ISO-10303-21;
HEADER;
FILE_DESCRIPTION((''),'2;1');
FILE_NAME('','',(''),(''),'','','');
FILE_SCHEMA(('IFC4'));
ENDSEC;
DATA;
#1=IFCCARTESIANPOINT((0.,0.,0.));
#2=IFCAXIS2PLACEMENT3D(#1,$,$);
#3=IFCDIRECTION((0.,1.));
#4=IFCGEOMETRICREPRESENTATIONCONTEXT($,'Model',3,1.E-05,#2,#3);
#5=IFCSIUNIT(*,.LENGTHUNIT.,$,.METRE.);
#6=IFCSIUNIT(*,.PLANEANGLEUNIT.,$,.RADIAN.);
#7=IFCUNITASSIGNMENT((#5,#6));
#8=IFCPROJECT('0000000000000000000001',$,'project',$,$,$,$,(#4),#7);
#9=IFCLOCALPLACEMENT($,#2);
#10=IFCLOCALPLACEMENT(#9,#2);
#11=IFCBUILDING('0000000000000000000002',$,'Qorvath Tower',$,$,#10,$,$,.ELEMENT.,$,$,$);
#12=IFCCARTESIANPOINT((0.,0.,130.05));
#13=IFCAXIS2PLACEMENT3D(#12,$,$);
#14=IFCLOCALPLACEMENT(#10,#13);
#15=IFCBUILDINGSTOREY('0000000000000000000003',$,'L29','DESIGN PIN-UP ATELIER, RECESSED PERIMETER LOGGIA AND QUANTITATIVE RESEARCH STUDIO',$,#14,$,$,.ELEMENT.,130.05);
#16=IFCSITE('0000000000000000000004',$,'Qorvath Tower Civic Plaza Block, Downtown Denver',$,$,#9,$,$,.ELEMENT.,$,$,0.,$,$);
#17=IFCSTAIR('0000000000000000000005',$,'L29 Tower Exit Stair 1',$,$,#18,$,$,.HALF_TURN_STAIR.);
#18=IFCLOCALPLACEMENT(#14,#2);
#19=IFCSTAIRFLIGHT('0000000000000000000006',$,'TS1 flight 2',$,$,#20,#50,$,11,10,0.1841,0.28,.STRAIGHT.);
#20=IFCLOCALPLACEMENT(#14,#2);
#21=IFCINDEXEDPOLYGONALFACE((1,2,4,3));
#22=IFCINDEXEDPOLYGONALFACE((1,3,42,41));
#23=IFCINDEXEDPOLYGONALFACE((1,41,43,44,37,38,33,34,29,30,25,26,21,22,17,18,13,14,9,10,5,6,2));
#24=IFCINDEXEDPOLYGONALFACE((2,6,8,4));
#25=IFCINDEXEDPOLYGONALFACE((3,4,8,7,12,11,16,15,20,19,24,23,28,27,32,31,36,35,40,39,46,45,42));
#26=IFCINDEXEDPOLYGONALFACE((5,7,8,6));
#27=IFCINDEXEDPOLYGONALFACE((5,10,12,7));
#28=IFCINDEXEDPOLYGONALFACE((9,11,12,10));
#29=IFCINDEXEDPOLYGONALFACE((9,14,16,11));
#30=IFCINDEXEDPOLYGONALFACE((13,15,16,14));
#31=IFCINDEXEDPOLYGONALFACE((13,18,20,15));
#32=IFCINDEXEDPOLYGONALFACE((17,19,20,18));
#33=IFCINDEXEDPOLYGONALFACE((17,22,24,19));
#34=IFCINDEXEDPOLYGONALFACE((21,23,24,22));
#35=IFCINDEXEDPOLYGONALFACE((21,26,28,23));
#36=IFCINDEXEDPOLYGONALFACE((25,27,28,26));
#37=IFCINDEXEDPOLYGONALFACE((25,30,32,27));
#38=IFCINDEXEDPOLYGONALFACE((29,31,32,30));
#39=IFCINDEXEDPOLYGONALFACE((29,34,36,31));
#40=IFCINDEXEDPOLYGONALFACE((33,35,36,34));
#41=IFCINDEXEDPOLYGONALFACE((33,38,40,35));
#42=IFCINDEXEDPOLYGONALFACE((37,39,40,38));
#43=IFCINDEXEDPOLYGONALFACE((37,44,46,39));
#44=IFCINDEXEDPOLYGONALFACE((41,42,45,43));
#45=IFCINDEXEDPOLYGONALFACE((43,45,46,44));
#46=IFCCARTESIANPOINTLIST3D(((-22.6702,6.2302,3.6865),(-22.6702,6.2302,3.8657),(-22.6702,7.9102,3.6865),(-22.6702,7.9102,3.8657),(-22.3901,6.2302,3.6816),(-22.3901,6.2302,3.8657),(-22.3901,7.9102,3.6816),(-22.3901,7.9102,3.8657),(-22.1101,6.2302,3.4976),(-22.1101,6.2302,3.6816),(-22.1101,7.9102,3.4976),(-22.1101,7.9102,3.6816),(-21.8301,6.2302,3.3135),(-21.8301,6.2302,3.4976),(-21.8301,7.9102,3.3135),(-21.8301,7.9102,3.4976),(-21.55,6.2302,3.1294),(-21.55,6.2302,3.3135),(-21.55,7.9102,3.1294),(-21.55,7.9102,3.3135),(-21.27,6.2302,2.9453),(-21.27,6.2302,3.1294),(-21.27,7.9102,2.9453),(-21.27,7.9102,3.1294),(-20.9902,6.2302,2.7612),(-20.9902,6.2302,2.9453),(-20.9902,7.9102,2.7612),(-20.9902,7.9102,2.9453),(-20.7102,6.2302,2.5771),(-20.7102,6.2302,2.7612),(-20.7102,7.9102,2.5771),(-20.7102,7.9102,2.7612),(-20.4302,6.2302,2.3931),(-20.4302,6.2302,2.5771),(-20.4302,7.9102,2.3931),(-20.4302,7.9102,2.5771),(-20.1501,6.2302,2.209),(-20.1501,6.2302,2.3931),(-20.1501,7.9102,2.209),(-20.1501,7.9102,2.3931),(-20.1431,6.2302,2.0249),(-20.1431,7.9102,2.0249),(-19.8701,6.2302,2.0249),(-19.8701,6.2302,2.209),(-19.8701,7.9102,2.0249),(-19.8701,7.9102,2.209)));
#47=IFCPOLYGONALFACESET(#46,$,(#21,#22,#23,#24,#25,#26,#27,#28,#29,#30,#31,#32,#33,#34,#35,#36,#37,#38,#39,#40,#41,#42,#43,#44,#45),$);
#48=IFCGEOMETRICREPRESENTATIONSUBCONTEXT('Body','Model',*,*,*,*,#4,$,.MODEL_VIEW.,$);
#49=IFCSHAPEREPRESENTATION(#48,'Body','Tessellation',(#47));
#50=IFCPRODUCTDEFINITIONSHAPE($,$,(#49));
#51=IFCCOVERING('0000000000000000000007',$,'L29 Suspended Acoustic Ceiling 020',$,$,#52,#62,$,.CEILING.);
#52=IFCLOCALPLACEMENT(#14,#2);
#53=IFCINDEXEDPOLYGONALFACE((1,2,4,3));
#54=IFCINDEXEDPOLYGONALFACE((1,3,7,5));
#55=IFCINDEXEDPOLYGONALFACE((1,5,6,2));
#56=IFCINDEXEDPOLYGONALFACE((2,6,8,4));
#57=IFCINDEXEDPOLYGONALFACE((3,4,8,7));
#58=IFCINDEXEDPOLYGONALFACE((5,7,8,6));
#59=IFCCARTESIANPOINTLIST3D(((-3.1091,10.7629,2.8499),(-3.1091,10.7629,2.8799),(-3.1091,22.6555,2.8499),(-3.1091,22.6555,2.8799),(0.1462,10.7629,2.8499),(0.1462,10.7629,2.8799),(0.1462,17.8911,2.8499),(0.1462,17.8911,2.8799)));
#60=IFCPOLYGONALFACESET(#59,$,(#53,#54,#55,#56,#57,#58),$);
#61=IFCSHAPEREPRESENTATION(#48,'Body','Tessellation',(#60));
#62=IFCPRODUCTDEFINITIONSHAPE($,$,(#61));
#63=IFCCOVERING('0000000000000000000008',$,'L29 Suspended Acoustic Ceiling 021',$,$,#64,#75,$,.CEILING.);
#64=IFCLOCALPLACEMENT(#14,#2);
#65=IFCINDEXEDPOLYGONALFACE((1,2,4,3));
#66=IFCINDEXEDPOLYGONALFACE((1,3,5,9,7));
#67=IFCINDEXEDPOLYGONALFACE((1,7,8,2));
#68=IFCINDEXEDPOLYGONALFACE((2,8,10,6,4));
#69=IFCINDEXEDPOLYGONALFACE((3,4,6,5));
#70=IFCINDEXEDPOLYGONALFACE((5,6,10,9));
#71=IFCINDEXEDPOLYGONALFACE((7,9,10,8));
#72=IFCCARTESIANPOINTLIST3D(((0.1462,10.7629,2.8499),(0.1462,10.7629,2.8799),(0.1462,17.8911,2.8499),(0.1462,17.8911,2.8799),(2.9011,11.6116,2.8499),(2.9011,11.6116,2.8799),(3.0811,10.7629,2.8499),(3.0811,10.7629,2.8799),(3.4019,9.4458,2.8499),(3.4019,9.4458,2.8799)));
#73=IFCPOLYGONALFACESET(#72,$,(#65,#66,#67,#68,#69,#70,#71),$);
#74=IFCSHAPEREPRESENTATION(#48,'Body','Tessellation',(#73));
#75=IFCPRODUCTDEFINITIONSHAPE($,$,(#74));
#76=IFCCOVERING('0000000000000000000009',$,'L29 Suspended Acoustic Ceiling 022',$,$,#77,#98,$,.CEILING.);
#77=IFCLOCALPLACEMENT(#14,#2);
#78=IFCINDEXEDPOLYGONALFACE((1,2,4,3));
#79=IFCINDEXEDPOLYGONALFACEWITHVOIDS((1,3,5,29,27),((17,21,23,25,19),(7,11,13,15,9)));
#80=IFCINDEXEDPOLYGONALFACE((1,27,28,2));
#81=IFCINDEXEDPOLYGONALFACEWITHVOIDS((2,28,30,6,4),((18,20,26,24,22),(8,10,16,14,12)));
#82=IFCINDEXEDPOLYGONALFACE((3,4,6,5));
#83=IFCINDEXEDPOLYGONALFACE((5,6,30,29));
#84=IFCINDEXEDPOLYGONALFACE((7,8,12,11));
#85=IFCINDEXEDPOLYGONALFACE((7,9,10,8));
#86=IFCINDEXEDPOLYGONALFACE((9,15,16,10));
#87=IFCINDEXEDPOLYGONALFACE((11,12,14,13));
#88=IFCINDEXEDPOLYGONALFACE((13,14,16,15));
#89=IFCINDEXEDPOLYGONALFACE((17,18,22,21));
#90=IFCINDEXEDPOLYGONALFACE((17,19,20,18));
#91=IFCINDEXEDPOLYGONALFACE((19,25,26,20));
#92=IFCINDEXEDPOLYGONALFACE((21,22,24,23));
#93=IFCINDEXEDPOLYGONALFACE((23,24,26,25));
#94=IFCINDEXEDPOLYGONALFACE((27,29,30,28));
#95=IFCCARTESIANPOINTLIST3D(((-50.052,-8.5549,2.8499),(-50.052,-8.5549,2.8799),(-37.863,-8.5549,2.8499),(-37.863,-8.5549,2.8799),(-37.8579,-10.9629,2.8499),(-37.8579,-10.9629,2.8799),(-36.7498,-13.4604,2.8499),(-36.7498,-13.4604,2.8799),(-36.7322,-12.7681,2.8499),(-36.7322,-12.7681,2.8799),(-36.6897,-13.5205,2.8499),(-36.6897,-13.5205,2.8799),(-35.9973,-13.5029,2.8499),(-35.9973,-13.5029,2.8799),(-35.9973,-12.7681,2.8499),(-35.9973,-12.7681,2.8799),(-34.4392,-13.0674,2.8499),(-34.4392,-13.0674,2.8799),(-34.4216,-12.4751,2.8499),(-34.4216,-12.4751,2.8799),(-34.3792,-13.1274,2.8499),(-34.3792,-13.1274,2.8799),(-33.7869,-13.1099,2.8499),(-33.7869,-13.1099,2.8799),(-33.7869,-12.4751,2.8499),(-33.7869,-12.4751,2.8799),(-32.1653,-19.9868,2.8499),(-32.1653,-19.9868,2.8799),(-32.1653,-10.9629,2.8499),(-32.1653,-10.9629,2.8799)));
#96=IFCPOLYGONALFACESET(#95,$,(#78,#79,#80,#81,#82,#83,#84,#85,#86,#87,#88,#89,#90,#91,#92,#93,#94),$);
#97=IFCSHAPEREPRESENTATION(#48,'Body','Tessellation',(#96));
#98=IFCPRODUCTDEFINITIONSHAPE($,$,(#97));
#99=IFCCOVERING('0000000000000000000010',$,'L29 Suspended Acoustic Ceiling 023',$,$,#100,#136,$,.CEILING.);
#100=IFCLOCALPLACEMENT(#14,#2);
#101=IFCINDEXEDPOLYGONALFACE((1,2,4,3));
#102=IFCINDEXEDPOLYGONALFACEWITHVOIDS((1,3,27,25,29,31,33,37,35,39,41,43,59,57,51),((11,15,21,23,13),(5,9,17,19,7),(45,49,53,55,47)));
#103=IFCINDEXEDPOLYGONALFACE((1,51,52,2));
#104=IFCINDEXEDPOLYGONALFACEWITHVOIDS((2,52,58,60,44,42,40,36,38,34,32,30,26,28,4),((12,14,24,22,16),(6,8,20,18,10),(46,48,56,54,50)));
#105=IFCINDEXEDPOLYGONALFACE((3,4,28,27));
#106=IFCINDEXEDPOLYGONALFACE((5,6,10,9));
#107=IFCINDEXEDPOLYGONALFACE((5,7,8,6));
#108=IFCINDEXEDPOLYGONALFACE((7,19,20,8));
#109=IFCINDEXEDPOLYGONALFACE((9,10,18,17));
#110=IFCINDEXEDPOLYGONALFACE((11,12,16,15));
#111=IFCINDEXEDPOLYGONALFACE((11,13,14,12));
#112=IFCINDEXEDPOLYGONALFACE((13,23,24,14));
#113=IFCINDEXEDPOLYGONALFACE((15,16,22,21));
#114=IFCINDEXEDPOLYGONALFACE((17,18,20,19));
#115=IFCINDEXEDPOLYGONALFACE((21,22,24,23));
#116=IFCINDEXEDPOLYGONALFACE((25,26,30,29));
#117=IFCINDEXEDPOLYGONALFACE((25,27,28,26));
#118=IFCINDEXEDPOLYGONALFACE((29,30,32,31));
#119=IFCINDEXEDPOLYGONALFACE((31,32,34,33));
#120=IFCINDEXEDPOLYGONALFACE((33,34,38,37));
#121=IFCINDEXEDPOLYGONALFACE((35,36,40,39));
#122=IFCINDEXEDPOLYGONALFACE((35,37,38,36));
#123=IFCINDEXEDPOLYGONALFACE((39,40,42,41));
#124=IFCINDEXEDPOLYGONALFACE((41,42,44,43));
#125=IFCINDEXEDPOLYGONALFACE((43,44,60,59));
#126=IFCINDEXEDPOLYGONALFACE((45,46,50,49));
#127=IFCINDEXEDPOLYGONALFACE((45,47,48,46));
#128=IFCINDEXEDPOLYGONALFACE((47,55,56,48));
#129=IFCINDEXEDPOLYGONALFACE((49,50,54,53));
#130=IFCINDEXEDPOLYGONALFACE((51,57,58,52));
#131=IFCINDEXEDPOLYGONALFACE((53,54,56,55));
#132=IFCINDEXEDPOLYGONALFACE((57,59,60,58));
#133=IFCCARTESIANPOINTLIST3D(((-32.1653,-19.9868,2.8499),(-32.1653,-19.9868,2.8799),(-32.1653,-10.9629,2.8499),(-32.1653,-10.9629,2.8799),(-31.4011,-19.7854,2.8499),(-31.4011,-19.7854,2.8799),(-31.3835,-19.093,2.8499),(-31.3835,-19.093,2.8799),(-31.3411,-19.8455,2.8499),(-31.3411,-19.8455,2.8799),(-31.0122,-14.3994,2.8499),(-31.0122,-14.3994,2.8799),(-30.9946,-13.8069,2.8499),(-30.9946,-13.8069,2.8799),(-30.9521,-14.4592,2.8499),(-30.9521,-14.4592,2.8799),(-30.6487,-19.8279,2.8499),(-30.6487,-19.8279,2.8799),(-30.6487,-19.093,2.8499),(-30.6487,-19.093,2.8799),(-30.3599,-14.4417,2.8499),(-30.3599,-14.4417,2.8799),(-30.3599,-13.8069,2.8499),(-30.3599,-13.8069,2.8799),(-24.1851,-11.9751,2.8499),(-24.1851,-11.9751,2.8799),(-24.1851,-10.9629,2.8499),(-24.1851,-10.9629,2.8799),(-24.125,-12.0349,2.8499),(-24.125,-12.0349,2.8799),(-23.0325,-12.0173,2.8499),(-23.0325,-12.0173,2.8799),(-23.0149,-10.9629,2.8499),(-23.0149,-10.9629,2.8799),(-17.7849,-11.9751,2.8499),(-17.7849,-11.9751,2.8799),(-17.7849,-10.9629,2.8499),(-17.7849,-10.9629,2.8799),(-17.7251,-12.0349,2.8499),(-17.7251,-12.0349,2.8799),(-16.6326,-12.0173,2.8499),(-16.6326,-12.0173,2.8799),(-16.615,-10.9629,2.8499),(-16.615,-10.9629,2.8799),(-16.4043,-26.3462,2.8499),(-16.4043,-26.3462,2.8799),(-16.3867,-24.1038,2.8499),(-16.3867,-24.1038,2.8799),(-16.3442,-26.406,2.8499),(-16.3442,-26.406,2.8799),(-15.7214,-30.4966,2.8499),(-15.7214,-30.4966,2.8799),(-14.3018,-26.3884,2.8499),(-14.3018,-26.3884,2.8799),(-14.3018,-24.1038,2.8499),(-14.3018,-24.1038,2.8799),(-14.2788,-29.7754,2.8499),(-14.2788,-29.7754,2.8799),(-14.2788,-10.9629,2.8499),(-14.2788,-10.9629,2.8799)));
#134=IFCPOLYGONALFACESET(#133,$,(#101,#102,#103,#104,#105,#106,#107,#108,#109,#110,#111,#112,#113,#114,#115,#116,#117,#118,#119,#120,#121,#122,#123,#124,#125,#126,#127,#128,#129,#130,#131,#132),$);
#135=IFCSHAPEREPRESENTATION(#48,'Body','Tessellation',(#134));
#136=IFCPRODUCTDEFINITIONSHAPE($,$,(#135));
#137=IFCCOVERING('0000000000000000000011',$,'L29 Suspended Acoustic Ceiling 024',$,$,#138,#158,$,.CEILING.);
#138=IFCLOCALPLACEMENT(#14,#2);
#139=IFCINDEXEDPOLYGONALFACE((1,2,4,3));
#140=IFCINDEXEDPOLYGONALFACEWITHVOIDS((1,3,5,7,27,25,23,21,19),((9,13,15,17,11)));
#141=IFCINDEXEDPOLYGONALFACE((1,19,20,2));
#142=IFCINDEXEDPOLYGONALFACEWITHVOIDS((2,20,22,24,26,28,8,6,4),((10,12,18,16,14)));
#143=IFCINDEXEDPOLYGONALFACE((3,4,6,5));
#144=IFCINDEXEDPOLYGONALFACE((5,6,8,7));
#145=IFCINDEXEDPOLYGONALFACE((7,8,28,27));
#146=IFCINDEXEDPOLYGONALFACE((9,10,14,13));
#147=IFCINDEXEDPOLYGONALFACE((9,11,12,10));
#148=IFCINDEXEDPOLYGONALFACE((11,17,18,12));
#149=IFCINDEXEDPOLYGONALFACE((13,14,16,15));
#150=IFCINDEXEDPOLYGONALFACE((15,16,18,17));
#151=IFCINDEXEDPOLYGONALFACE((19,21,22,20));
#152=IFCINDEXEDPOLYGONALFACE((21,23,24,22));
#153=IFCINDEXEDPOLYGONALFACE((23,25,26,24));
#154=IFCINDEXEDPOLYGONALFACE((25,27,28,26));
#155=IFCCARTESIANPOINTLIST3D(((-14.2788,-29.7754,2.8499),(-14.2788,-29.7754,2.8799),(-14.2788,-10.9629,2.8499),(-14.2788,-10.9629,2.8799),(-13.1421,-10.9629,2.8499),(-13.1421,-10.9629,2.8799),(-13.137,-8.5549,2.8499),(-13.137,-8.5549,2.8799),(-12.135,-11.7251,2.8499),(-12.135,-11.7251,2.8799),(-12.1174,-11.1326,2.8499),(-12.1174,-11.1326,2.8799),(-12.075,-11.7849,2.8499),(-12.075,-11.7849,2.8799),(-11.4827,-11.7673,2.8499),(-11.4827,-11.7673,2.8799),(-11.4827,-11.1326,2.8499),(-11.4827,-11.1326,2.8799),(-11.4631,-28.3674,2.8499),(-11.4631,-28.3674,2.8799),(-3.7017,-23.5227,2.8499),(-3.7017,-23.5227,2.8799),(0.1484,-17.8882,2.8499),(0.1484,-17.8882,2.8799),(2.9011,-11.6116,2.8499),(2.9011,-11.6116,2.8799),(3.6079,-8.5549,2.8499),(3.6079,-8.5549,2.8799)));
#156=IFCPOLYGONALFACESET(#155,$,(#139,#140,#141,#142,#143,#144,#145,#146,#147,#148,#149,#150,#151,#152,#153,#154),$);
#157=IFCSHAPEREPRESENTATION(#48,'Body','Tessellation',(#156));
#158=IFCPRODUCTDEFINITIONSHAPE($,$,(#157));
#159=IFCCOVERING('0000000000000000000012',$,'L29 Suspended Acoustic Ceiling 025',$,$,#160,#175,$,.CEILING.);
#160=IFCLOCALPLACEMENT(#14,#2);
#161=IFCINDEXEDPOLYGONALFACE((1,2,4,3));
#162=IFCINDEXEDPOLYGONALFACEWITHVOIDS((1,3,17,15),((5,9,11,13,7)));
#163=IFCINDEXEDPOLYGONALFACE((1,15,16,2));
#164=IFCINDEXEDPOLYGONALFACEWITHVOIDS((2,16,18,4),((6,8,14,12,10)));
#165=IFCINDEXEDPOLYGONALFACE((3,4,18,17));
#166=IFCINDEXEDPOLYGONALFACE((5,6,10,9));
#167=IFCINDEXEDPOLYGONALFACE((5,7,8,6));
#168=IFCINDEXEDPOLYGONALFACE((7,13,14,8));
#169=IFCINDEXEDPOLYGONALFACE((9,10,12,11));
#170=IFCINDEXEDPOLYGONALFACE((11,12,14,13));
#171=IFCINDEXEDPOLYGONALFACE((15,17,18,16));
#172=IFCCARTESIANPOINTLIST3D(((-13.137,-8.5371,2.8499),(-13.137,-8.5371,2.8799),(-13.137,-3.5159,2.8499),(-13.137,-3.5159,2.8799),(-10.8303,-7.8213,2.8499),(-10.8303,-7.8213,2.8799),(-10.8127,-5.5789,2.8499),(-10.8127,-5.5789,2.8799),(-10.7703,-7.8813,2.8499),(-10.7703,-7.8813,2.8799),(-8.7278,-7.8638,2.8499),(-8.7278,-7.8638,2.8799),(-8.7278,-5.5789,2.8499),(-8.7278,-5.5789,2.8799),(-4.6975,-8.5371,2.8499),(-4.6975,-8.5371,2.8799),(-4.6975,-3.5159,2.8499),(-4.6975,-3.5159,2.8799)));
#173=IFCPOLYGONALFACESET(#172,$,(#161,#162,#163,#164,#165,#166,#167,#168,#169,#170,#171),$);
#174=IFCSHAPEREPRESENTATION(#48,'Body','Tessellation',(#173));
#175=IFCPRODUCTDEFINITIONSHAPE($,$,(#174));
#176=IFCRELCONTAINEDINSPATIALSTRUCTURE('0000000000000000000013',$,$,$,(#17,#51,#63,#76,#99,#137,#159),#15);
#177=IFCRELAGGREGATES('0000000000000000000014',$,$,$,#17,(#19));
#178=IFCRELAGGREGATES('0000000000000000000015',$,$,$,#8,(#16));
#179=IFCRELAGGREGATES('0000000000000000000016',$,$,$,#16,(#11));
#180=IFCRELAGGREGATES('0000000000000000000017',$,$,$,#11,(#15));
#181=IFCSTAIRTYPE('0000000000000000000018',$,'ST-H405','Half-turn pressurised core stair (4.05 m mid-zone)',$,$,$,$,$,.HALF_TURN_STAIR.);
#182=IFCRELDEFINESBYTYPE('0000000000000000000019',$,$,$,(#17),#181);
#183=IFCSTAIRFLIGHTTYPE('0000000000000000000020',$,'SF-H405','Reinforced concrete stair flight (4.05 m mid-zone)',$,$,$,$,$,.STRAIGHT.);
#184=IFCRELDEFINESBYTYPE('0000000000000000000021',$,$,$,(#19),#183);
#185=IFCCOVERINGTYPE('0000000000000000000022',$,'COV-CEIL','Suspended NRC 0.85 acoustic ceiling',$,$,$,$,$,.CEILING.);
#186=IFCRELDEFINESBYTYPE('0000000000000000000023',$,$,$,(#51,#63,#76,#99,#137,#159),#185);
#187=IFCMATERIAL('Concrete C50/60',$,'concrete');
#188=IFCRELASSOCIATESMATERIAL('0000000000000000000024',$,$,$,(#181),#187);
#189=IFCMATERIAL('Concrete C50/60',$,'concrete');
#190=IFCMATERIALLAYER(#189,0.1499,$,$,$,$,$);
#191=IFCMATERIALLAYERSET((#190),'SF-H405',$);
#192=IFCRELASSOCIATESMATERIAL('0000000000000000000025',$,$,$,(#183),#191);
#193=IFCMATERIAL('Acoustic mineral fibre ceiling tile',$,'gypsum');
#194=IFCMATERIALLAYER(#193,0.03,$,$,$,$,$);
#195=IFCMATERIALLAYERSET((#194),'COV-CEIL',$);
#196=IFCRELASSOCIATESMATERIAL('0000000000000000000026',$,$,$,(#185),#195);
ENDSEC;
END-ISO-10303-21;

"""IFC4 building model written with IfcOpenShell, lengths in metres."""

from ifc_helpers import new_model, si_unit, direction, frame, origin, place, context, subcontext, project, spatial, polyline, outline, extrude, material, layer, layer_set, type_object, element, aggregate, save


model = new_model("IFC4")

# Units and contexts
model_context = context("Model", 3, precision=1e-05, world=origin(), true_north=direction((0.0, 1.0)))
body_context = subcontext(model_context, "Body", "Model", "MODEL_VIEW")
ifc_project = project(units=[si_unit("LENGTHUNIT", "METRE"), si_unit("PLANEANGLEUNIT", "RADIAN")], contexts=[model_context])

# Site, building, storey
site_placement = place(None, origin())
site = spatial("IfcSite", under=ifc_project, at=site_placement, Name="Qorvath Tower Civic Plaza Block, Downtown Denver", CompositionType="ELEMENT", RefElevation=0.0)
building_placement = place(site_placement, origin())
building = spatial("IfcBuilding", under=site, at=building_placement, Name="Qorvath Tower", CompositionType="ELEMENT")
storey_placement = place(building_placement, frame((0.0, 0.0, 130.05)))
storey = spatial("IfcBuildingStorey", under=building, at=storey_placement, Name="L29", Description="DESIGN PIN-UP ATELIER, RECESSED PERIMETER LOGGIA AND QUANTITATIVE RESEARCH STUDIO", CompositionType="ELEMENT", Elevation=130.05)

# Stair, stair flight
ifc_material_1 = material(Name="Concrete C50/60", Category="concrete")
stair_type = type_object("IfcStairType", Name="ST-H405", Description="Half-turn pressurised core stair (4.05 m mid-zone)", PredefinedType="HALF_TURN_STAIR", material=ifc_material_1)
stair_placement = place(storey_placement, origin())
stair = element("IfcStair", 1, at=stair_placement, inside=storey, type_object=stair_type, Name="L29 Tower Exit Stair 1", PredefinedType="HALF_TURN_STAIR")
ifc_material_2 = material(Name="Concrete C50/60", Category="concrete")
ifc_layer_1 = layer(ifc_material_2, 0.1499)
ifc_layer_set_1 = layer_set([ifc_layer_1], Name="SF-H405")
stair_flight_type = type_object("IfcStairFlightType", Name="SF-H405", Description="Reinforced concrete stair flight (4.05 m mid-zone)", PredefinedType="STRAIGHT", material=ifc_layer_set_1)
stair_flight_placement = place(storey_placement, frame((-19.8701, 7.0701, 2.0249), z_axis=(0.0, 0.0, 1.0), x_axis=(-1.0, 0.0, 0.0)))
stair_flight = element("IfcStairFlight", 2, at=stair_flight_placement, type_object=stair_flight_type, Name="TS1 flight 2", NumberOfRisers=11, NumberOfTreads=10, PredefinedType="STRAIGHT", RiserHeight=0.1841, TreadLength=0.28, context=body_context, shape_type="SweptSolid", body=[
    extrude(outline(polyline([(0.0, 0.0), (0.0, 0.1841), (0.28, 0.1841), (0.28, 0.3682), (0.5601, 0.3682), (0.5601, 0.5522), (0.8401, 0.5522), (0.8401, 0.7363), (1.1201, 0.7363), (1.1201, 0.9204), (1.3999, 0.9204), (1.3999, 1.1045), (1.6799, 1.1045), (1.6799, 1.2886), (1.96, 1.2886), (1.96, 1.4727), (2.24, 1.4727), (2.24, 1.6567), (2.52, 1.6567), (2.52, 1.8408), (2.8, 1.8408), (2.8, 2.0249), (2.8, 1.6616), (0.2729, 0.0), (0.0, 0.0)])), frame((0.0, 0.8398, 0.0), z_axis=(0.0, -1.0, 0.0), x_axis=(1.0, 0.0, 0.0)), (0.0, 0.0, 1.0), 1.6799),
])
aggregate(stair, [stair_flight])

# Coverings
ifc_material_3 = material(Name="Acoustic mineral fibre ceiling tile", Category="gypsum")
ifc_layer_2 = layer(ifc_material_3, 0.03)
ifc_layer_set_2 = layer_set([ifc_layer_2], Name="COV-CEIL")
covering_type_1 = type_object("IfcCoveringType", Name="COV-CEIL", Description="Suspended NRC 0.85 acoustic ceiling", PredefinedType="CEILING", material=ifc_layer_set_2)
covering_1_placement = place(storey_placement, frame((0.0, 0.0, 2.8499)))
element("IfcCovering", 3, at=covering_1_placement, inside=storey, type_object=covering_type_1, Name="L29 Suspended Acoustic Ceiling 020", PredefinedType="CEILING", context=body_context, shape_type="SweptSolid", body=[
    extrude(outline(polyline([(0.1462, 10.7629), (0.1462, 17.8911), (-3.1091, 22.6555), (-3.1091, 10.7629), (0.1462, 10.7629)])), origin(), (0.0, 0.0, 1.0), 0.03),
])
covering_2_placement = place(storey_placement, frame((0.0, 0.0, 2.8499)))
element("IfcCovering", 4, at=covering_2_placement, inside=storey, type_object=covering_type_1, Name="L29 Suspended Acoustic Ceiling 021", PredefinedType="CEILING", context=body_context, shape_type="SweptSolid", body=[
    extrude(outline(polyline([(3.4019, 9.4458), (2.9011, 11.6116), (0.1462, 17.8911), (0.1462, 10.7629), (3.0811, 10.7629), (3.4019, 9.4458)])), origin(), (0.0, 0.0, 1.0), 0.03),
])
covering_3_placement = place(storey_placement, frame((0.0, 0.0, 2.8499)))
element("IfcCovering", 5, at=covering_3_placement, inside=storey, type_object=covering_type_1, Name="L29 Suspended Acoustic Ceiling 022", PredefinedType="CEILING", context=body_context, shape_type="SweptSolid", body=[
    extrude(outline(polyline([(-32.1653, -19.9868), (-32.1653, -10.9629), (-37.8579, -10.9629), (-37.863, -8.5549), (-50.052, -8.5549), (-32.1653, -19.9868)]), holes=[polyline([(-34.4392, -13.0674), (-34.4216, -12.4751), (-33.7869, -12.4751), (-33.7869, -13.1099), (-34.3792, -13.1274), (-34.4392, -13.0674)]), polyline([(-36.7498, -13.4604), (-36.7322, -12.7681), (-35.9973, -12.7681), (-35.9973, -13.5029), (-36.6897, -13.5205), (-36.7498, -13.4604)])]), origin(), (0.0, 0.0, 1.0), 0.03),
])
covering_4_placement = place(storey_placement, frame((0.0, 0.0, 2.8499)))
element("IfcCovering", 6, at=covering_4_placement, inside=storey, type_object=covering_type_1, Name="L29 Suspended Acoustic Ceiling 023", PredefinedType="CEILING", context=body_context, shape_type="SweptSolid", body=[
    extrude(outline(polyline([(-14.2788, -29.7754), (-14.2788, -10.9629), (-16.615, -10.9629), (-16.6326, -12.0173), (-17.7251, -12.0349), (-17.7849, -11.9751), (-17.7849, -10.9629), (-23.0149, -10.9629), (-23.0325, -12.0173), (-24.125, -12.0349), (-24.1851, -11.9751), (-24.1851, -10.9629), (-32.1653, -10.9629), (-32.1653, -19.9868), (-15.7214, -30.4966), (-14.2788, -29.7754)]), holes=[polyline([(-16.4043, -26.3462), (-16.3867, -24.1038), (-14.3018, -24.1038), (-14.3018, -26.3884), (-16.3442, -26.406), (-16.4043, -26.3462)]), polyline([(-31.0122, -14.3994), (-30.9946, -13.8069), (-30.3599, -13.8069), (-30.3599, -14.4417), (-30.9521, -14.4592), (-31.0122, -14.3994)]), polyline([(-31.4011, -19.7854), (-31.3835, -19.093), (-30.6487, -19.093), (-30.6487, -19.8279), (-31.3411, -19.8455), (-31.4011, -19.7854)])]), origin(), (0.0, 0.0, 1.0), 0.03),
])
covering_5_placement = place(storey_placement, frame((0.0, 0.0, 2.8499)))
element("IfcCovering", 7, at=covering_5_placement, inside=storey, type_object=covering_type_1, Name="L29 Suspended Acoustic Ceiling 024", PredefinedType="CEILING", context=body_context, shape_type="SweptSolid", body=[
    extrude(outline(polyline([(-11.4631, -28.3674), (-3.7017, -23.5227), (0.1484, -17.8882), (2.9011, -11.6116), (3.6079, -8.5549), (-13.137, -8.5549), (-13.1421, -10.9629), (-14.2788, -10.9629), (-14.2788, -29.7754), (-11.4631, -28.3674)]), holes=[polyline([(-12.135, -11.7251), (-12.1174, -11.1326), (-11.4827, -11.1326), (-11.4827, -11.7673), (-12.075, -11.7849), (-12.135, -11.7251)])]), origin(), (0.0, 0.0, 1.0), 0.03),
])
covering_6_placement = place(storey_placement, frame((0.0, 0.0, 2.8499)))
element("IfcCovering", 8, at=covering_6_placement, inside=storey, type_object=covering_type_1, Name="L29 Suspended Acoustic Ceiling 025", PredefinedType="CEILING", context=body_context, shape_type="SweptSolid", body=[
    extrude(outline(polyline([(-4.6975, -8.5371), (-4.6975, -3.5159), (-13.137, -3.5159), (-13.137, -8.5371), (-4.6975, -8.5371)]), holes=[polyline([(-10.8303, -7.8213), (-10.8127, -5.5789), (-8.7278, -5.5789), (-8.7278, -7.8638), (-10.7703, -7.8813), (-10.8303, -7.8213)])]), origin(), (0.0, 0.0, 1.0), 0.03),
])

save(model, "model.ifc")
